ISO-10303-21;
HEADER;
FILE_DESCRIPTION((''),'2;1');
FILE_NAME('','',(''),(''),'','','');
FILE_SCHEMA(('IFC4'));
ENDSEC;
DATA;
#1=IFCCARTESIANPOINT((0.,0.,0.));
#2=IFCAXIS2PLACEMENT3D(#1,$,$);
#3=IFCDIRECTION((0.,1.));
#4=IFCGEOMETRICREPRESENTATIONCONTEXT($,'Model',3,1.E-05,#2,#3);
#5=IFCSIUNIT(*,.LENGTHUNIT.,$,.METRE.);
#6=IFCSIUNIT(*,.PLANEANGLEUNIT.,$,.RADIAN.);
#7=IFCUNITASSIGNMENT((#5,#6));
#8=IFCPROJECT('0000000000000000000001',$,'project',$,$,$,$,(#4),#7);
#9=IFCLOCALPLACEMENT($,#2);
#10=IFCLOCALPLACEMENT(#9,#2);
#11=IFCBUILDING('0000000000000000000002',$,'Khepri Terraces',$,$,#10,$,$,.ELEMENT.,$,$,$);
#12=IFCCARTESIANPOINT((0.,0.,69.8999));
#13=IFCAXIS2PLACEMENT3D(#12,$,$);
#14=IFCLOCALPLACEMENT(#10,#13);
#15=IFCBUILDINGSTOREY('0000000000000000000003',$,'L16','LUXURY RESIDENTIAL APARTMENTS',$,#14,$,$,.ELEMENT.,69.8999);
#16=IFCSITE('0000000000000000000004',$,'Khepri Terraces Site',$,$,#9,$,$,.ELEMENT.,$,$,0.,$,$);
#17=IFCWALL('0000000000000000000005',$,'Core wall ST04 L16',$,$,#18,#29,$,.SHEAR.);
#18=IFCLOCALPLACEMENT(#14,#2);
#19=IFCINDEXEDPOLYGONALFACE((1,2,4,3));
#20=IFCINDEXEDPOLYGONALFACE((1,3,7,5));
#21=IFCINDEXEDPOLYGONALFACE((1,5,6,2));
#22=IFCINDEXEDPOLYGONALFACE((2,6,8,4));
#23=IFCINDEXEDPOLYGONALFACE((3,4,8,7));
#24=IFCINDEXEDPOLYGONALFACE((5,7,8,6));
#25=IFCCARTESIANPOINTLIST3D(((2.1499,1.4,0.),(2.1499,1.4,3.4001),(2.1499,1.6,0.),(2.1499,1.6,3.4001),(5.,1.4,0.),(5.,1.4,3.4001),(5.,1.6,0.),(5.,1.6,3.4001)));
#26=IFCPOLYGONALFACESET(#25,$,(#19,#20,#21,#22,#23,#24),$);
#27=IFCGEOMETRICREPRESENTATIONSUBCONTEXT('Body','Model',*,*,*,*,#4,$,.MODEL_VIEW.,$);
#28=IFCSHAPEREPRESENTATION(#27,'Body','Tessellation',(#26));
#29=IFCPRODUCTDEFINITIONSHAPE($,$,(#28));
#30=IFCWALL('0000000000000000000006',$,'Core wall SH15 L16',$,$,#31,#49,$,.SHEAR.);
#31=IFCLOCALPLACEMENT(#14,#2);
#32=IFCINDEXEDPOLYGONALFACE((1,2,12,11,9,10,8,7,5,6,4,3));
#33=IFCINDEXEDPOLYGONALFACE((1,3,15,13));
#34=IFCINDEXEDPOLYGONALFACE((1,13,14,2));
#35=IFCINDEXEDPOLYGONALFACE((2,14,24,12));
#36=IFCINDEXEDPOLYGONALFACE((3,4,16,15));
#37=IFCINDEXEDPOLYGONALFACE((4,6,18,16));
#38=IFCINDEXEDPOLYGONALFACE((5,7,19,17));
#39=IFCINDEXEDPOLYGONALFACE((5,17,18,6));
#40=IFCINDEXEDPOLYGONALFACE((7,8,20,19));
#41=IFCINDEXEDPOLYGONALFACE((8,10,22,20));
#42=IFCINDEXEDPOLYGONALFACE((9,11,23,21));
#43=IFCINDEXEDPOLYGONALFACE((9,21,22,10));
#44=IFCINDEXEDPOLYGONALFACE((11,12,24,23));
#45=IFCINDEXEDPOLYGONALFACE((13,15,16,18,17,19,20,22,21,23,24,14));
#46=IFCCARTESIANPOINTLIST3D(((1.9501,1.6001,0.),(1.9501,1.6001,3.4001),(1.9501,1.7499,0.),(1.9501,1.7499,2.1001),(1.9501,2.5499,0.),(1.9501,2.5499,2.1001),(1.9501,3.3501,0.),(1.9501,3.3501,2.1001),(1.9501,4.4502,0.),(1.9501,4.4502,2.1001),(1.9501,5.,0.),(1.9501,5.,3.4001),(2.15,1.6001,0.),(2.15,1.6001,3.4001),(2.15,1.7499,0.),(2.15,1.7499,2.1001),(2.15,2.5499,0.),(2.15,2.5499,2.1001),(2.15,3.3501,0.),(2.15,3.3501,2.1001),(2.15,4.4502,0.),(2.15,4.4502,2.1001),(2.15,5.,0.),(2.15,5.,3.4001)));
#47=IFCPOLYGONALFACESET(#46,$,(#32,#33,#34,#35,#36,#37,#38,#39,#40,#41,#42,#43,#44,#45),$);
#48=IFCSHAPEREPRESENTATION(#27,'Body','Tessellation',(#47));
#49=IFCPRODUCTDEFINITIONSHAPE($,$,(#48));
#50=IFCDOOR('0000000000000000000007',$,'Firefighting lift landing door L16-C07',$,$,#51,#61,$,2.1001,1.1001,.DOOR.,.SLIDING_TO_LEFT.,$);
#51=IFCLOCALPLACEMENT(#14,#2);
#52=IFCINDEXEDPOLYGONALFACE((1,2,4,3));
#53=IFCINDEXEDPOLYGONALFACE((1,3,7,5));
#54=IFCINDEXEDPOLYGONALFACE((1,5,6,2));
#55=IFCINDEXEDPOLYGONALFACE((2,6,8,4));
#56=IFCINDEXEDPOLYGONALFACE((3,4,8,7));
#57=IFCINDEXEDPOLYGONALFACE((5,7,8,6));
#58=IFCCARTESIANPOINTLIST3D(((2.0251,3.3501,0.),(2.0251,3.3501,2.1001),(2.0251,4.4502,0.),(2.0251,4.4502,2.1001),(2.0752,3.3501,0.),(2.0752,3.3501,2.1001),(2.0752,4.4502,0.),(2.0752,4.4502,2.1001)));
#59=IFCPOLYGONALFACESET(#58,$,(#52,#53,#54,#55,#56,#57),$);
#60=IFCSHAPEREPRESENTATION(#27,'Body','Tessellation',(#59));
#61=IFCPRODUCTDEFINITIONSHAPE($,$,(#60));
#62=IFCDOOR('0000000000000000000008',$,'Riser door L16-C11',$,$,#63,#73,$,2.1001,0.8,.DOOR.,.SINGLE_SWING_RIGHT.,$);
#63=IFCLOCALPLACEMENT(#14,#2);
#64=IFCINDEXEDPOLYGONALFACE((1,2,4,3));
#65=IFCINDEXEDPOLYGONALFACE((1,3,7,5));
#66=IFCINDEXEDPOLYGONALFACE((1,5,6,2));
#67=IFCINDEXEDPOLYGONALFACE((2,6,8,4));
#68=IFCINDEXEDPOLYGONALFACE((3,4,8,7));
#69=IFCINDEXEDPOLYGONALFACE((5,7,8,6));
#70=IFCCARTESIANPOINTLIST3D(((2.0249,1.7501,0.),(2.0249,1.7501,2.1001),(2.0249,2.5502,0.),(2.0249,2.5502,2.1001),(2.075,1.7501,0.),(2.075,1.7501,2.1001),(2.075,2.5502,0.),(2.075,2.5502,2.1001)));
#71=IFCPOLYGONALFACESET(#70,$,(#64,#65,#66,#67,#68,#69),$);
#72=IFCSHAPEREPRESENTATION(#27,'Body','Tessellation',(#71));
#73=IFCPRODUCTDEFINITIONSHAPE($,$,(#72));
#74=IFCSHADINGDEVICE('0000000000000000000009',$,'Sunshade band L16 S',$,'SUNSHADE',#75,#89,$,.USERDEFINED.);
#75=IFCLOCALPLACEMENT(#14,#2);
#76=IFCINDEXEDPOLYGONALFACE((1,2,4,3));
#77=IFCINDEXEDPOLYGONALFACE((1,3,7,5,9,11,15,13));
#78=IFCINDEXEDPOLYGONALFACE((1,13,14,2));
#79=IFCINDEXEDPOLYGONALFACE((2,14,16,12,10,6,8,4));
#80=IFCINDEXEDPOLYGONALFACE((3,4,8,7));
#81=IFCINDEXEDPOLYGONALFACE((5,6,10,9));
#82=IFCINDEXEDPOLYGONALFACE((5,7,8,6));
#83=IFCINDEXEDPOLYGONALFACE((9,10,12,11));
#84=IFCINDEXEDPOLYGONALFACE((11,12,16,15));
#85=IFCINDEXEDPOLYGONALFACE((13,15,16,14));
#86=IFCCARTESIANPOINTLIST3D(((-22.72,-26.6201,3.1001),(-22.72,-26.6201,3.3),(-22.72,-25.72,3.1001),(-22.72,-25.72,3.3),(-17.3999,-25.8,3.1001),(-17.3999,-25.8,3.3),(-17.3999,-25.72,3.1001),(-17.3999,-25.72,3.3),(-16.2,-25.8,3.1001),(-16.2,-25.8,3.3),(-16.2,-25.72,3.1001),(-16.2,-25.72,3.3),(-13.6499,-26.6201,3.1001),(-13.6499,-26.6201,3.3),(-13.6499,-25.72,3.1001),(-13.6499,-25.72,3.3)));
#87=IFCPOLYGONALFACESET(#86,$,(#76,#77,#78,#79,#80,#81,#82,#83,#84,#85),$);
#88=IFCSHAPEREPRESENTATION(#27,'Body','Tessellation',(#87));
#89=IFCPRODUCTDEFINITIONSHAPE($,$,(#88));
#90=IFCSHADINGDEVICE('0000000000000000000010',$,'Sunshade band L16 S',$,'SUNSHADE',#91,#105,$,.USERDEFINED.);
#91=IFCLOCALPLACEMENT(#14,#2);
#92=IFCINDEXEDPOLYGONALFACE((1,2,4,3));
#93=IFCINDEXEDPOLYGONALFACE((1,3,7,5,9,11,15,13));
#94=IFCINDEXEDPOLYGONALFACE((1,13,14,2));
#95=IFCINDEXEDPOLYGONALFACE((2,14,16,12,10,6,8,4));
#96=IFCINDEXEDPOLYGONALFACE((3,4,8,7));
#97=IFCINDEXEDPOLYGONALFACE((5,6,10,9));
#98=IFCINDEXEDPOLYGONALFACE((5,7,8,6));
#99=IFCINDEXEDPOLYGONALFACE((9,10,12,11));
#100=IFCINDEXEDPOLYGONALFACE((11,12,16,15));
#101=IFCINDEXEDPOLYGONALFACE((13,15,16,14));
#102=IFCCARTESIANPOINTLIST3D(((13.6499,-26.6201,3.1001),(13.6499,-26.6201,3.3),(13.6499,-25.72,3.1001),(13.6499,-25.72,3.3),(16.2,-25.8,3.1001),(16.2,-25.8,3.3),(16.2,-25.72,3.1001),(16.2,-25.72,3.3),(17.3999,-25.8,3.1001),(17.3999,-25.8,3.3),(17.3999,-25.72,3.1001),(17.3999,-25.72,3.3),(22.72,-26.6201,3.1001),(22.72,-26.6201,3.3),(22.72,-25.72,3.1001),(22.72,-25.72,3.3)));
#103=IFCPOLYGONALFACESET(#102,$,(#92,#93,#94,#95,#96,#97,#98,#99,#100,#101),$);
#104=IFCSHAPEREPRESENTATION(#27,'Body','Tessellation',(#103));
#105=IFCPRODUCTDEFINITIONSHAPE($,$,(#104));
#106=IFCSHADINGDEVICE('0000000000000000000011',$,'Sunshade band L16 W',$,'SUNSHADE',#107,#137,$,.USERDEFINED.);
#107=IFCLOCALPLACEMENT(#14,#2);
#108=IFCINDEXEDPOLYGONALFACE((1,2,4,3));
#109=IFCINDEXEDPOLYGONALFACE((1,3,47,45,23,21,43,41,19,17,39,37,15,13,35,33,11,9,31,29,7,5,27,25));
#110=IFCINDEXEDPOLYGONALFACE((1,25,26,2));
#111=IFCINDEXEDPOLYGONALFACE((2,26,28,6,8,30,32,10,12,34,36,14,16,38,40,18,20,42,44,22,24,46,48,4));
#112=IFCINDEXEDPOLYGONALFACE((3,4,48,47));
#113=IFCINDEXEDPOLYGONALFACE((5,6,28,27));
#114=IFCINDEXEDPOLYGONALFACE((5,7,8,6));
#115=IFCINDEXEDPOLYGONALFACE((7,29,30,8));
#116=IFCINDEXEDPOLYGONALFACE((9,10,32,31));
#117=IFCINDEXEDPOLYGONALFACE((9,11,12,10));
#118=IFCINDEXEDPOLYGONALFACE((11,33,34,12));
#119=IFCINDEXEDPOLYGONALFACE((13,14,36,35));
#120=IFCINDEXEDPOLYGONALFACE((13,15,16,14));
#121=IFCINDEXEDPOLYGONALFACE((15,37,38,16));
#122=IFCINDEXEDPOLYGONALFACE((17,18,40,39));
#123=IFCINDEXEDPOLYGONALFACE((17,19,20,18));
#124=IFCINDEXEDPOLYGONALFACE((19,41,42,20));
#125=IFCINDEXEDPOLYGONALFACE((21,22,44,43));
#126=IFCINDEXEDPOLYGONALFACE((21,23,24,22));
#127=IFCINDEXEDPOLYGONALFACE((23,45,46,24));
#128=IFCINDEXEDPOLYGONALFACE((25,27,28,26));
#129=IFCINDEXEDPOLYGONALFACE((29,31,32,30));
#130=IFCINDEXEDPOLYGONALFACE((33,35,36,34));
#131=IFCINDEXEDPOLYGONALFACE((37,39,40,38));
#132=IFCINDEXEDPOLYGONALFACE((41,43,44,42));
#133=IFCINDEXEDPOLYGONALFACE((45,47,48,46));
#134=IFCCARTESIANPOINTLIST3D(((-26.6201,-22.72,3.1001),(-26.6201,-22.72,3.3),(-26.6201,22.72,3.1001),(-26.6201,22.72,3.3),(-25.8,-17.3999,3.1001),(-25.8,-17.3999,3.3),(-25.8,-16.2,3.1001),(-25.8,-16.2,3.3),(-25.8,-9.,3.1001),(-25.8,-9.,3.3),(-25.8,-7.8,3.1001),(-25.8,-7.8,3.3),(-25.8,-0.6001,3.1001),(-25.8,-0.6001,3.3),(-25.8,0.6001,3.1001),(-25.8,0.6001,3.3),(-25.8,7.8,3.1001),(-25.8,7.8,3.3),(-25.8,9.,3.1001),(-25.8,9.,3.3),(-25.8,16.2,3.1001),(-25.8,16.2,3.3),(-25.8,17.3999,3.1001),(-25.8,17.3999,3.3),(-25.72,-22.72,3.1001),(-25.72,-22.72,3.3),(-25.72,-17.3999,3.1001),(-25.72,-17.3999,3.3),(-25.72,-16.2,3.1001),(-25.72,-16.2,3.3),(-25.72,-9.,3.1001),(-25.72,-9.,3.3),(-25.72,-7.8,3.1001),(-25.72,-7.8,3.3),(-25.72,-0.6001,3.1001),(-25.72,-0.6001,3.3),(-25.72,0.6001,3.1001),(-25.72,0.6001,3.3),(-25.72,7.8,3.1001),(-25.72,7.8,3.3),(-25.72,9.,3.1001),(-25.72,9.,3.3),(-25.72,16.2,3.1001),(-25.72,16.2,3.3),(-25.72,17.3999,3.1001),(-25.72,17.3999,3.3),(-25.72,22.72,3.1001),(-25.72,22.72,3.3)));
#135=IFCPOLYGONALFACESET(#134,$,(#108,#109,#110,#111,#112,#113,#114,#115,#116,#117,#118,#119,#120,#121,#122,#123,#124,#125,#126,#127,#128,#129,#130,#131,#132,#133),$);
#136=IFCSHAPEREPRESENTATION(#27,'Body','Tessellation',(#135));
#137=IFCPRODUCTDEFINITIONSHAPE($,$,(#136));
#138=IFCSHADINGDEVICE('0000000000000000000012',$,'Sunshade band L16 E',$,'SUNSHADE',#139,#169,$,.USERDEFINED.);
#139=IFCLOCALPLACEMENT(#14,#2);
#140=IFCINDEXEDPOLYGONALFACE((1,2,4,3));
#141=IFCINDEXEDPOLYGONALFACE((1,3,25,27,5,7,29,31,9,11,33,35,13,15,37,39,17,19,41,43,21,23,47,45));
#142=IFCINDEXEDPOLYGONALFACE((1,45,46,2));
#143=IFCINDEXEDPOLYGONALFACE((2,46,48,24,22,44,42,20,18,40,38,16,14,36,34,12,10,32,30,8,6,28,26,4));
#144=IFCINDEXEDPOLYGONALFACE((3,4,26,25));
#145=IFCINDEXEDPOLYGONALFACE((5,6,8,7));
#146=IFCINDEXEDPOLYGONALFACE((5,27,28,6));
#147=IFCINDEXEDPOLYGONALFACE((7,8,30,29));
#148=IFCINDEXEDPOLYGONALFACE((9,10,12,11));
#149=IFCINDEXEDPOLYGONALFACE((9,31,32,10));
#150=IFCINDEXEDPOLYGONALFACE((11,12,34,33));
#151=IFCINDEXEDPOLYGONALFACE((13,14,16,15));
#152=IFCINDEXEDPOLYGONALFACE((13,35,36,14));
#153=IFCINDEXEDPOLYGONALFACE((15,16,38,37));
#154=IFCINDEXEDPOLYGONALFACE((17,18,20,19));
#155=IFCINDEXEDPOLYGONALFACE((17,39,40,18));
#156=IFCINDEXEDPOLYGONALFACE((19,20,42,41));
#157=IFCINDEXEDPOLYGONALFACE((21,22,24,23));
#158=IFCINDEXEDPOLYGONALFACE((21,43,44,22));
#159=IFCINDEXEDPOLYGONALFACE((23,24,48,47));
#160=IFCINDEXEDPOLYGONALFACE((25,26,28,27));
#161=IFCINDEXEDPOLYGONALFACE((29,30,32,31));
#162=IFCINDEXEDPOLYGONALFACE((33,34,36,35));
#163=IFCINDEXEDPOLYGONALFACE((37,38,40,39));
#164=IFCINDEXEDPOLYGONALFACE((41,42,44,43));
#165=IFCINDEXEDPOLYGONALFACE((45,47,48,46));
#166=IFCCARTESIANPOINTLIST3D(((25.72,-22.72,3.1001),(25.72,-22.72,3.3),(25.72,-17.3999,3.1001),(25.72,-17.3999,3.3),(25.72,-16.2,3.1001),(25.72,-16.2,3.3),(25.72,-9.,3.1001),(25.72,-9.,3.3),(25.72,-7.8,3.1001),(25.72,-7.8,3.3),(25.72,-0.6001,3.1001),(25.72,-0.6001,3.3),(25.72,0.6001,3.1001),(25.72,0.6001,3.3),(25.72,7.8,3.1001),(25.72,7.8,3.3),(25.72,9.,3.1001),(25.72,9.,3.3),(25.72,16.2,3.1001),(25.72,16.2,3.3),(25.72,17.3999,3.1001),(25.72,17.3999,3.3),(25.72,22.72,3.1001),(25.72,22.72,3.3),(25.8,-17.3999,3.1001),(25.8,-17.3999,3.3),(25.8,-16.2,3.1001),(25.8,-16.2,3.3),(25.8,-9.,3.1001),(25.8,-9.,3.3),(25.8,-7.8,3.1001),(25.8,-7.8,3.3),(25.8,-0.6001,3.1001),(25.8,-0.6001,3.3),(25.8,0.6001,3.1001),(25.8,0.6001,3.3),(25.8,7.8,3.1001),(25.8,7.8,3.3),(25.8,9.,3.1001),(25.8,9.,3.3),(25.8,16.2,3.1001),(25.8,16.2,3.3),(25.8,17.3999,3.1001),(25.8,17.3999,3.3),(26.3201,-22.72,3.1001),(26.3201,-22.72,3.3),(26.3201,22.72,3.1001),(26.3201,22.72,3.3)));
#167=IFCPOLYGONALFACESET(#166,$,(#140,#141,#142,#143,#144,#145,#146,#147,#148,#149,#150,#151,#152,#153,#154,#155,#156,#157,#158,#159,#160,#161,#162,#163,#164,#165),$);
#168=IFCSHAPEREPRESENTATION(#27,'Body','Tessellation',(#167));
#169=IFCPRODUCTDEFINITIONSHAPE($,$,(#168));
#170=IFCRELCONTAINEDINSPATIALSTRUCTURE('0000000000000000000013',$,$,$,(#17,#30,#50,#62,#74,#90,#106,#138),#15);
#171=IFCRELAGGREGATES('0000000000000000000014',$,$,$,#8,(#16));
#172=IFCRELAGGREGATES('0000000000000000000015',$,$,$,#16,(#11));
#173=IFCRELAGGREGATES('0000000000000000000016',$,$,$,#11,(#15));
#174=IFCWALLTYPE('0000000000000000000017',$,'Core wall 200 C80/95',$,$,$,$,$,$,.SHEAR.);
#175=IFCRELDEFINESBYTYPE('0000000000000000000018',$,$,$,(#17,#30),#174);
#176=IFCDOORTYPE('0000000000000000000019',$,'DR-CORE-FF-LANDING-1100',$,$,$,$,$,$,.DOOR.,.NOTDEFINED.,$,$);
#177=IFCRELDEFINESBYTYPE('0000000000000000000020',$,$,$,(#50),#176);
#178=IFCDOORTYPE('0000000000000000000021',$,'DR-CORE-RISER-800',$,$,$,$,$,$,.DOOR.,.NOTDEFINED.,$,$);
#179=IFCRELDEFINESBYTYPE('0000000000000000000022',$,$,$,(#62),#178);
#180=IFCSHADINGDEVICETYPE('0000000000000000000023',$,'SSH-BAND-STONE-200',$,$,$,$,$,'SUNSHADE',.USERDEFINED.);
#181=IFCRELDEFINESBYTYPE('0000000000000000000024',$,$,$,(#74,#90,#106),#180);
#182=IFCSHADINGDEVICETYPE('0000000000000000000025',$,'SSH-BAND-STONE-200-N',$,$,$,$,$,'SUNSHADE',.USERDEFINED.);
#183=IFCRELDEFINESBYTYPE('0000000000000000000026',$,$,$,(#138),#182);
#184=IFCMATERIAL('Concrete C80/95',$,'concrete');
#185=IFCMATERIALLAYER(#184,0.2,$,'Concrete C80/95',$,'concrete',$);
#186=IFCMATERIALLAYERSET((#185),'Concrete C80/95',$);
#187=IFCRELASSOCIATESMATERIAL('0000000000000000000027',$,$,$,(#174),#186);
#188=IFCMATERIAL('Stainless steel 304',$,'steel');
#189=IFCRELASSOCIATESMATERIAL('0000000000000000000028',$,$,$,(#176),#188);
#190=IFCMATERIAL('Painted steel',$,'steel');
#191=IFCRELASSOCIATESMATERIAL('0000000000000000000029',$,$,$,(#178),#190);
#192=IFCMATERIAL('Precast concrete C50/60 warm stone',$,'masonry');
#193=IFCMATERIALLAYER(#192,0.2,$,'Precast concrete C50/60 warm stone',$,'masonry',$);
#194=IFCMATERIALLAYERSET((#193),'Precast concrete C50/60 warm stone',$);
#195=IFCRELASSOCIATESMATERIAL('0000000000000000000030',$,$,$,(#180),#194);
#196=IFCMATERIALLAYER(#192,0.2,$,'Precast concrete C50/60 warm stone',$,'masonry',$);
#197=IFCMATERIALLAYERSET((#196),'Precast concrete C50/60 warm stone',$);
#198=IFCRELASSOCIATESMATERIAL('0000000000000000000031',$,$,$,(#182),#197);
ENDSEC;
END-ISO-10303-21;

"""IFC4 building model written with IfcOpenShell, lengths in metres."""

from ifc_helpers import new_model, si_unit, direction, frame, frame_2d, origin, place, context, subcontext, project, spatial, polyline, rectangle, outline, extrude, material, layer, layer_set, type_object, element, fill, save


model = new_model("IFC4")

# Units and contexts
model_context = context("Model", 3, precision=1e-05, world=origin(), true_north=direction((0.0, 1.0)))
body_context = subcontext(model_context, "Body", "Model", "MODEL_VIEW")
ifc_project = project(units=[si_unit("LENGTHUNIT", "METRE"), si_unit("PLANEANGLEUNIT", "RADIAN")], contexts=[model_context])

# Site, building, storey
site_placement = place(None, origin())
site = spatial("IfcSite", under=ifc_project, at=site_placement, Name="Khepri Terraces Site", CompositionType="ELEMENT", RefElevation=0.0)
building_placement = place(site_placement, origin())
building = spatial("IfcBuilding", under=site, at=building_placement, Name="Khepri Terraces", CompositionType="ELEMENT")
storey_placement = place(building_placement, frame((0.0, 0.0, 69.8999)))
storey = spatial("IfcBuildingStorey", under=building, at=storey_placement, Name="L16", Description="LUXURY RESIDENTIAL APARTMENTS", CompositionType="ELEMENT", Elevation=69.8999)

# Shared definitions
ifc_material_1 = material(Name="Precast concrete C50/60 warm stone", Category="masonry")

# Wall
ifc_material_2 = material(Name="Concrete C80/95", Category="concrete")
ifc_layer_1 = layer(ifc_material_2, 0.2, Name="Concrete C80/95", Category="concrete")
ifc_layer_set_1 = layer_set([ifc_layer_1], Name="Concrete C80/95")
wall_type = type_object("IfcWallType", Name="Core wall 200 C80/95", PredefinedType="SHEAR", material=ifc_layer_set_1)
wall_1_placement = place(storey_placement, frame((2.1499, 1.5, 0.0), z_axis=(0.0, 0.0, 1.0), x_axis=(1.0, 0.0, 0.0)))
element("IfcWall", 1, at=wall_1_placement, inside=storey, type_object=wall_type, Name="Core wall ST04 L16", PredefinedType="SHEAR", context=body_context, shape_type="SweptSolid", body=[
    extrude(rectangle(XDim=2.8501, YDim=0.2, at=frame_2d((1.425, 0.0))), origin(), (0.0, 0.0, 1.0), 3.4001),
])

# Wall, openings, doors
wall_2_placement = place(storey_placement, frame((2.05, 1.6001, 0.0), z_axis=(0.0, 0.0, 1.0), x_axis=(0.0, 1.0, 0.0)))
wall_2 = element("IfcWall", 2, at=wall_2_placement, inside=storey, type_object=wall_type, Name="Core wall SH15 L16", PredefinedType="SHEAR", context=body_context, shape_type="SweptSolid", body=[
    extrude(rectangle(XDim=3.3999, YDim=0.2, at=frame_2d((1.7, 0.0))), origin(), (0.0, 0.0, 1.0), 3.4001),
])
opening_1_placement = place(wall_2_placement, frame((1.75, 0.0, 0.0)))
opening_1 = element("IfcOpeningElement", 3, at=opening_1_placement, cuts=wall_2, PredefinedType="OPENING", context=body_context, shape_type="SweptSolid", body=[
    extrude(rectangle(XDim=1.1001, YDim=2.1001, at=frame_2d((0.55, 1.05))), frame((0.0, 0.1099, 0.0), z_axis=(0.0, -1.0, 0.0), x_axis=(1.0, 0.0, 0.0)), (0.0, 0.0, 1.0), 0.22),
])
opening_2_placement = place(wall_2_placement, frame((0.1499, 0.0, 0.0)))
opening_2 = element("IfcOpeningElement", 4, at=opening_2_placement, cuts=wall_2, PredefinedType="OPENING", context=body_context, shape_type="SweptSolid", body=[
    extrude(rectangle(XDim=0.8, YDim=2.1001, at=frame_2d((0.3999, 1.05))), frame((0.0, 0.1099, 0.0), z_axis=(0.0, -1.0, 0.0), x_axis=(1.0, 0.0, 0.0)), (0.0, 0.0, 1.0), 0.22),
])
ifc_material_3 = material(Name="Stainless steel 304", Category="steel")
door_type_1 = type_object("IfcDoorType", Name="DR-CORE-FF-LANDING-1100", OperationType="NOTDEFINED", PredefinedType="DOOR", material=ifc_material_3)
door_1_placement = place(opening_1_placement, origin())
door_1 = element("IfcDoor", 5, at=door_1_placement, inside=storey, type_object=door_type_1, Name="Firefighting lift landing door L16-C07", OperationType="SLIDING_TO_LEFT", OverallHeight=2.1001, OverallWidth=1.1001, PredefinedType="DOOR", context=body_context, shape_type="SweptSolid", body=[
    extrude(rectangle(XDim=1.1001, YDim=2.1001, at=frame_2d((0.55, 1.05))), frame((0.0, 0.0249, 0.0), z_axis=(0.0, -1.0, 0.0), x_axis=(1.0, 0.0, 0.0)), (0.0, 0.0, 1.0), 0.05),
])
fill(opening_1, door_1)
ifc_material_4 = material(Name="Painted steel", Category="steel")
door_type_2 = type_object("IfcDoorType", Name="DR-CORE-RISER-800", OperationType="NOTDEFINED", PredefinedType="DOOR", material=ifc_material_4)
door_2_placement = place(opening_2_placement, frame((0.8, 0.0, 0.0), z_axis=(0.0, 0.0, 1.0), x_axis=(-1.0, 0.0, 0.0)))
door_2 = element("IfcDoor", 6, at=door_2_placement, inside=storey, type_object=door_type_2, Name="Riser door L16-C11", OperationType="SINGLE_SWING_RIGHT", OverallHeight=2.1001, OverallWidth=0.8, PredefinedType="DOOR", context=body_context, shape_type="SweptSolid", body=[
    extrude(rectangle(XDim=0.8, YDim=2.1001, at=frame_2d((0.3999, 1.05))), frame((0.0, 0.0249, 0.0), z_axis=(0.0, -1.0, 0.0), x_axis=(1.0, 0.0, 0.0)), (0.0, 0.0, 1.0), 0.05),
])
fill(opening_2, door_2)

# Shading devices
ifc_layer_2 = layer(ifc_material_1, 0.2, Name="Precast concrete C50/60 warm stone", Category="masonry")
ifc_layer_set_2 = layer_set([ifc_layer_2], Name="Precast concrete C50/60 warm stone")
shading_device_type_1 = type_object("IfcShadingDeviceType", Name="SSH-BAND-STONE-200", ElementType="SUNSHADE", PredefinedType="USERDEFINED", material=ifc_layer_set_2)
shading_device_1_placement = place(storey_placement, frame((0.0, 0.0, 3.1001)))
element("IfcShadingDevice", 7, at=shading_device_1_placement, inside=storey, type_object=shading_device_type_1, Name="Sunshade band L16 S", ObjectType="SUNSHADE", PredefinedType="USERDEFINED", context=body_context, shape_type="SweptSolid", body=[
    extrude(outline(polyline([(-17.3999, -25.72), (-22.72, -25.72), (-22.72, -26.6201), (-13.6499, -26.6201), (-13.6499, -25.72), (-16.2, -25.72), (-16.2, -25.8), (-17.3999, -25.8), (-17.3999, -25.72)])), origin(), (0.0, 0.0, 1.0), 0.2),
])
shading_device_2_placement = place(storey_placement, frame((0.0, 0.0, 3.1001)))
element("IfcShadingDevice", 8, at=shading_device_2_placement, inside=storey, type_object=shading_device_type_1, Name="Sunshade band L16 S", ObjectType="SUNSHADE", PredefinedType="USERDEFINED", context=body_context, shape_type="SweptSolid", body=[
    extrude(outline(polyline([(16.2, -25.72), (13.6499, -25.72), (13.6499, -26.6201), (22.72, -26.6201), (22.72, -25.72), (17.3999, -25.72), (17.3999, -25.8), (16.2, -25.8), (16.2, -25.72)])), origin(), (0.0, 0.0, 1.0), 0.2),
])
shading_device_3_placement = place(storey_placement, frame((0.0, 0.0, 3.1001)))
element("IfcShadingDevice", 9, at=shading_device_3_placement, inside=storey, type_object=shading_device_type_1, Name="Sunshade band L16 W", ObjectType="SUNSHADE", PredefinedType="USERDEFINED", context=body_context, shape_type="SweptSolid", body=[
    extrude(outline(polyline([(-25.72, 17.3999), (-25.72, 22.72), (-26.6201, 22.72), (-26.6201, -22.72), (-25.72, -22.72), (-25.72, -17.3999), (-25.8, -17.3999), (-25.8, -16.2), (-25.72, -16.2), (-25.72, -9.0), (-25.8, -9.0), (-25.8, -7.8), (-25.72, -7.8), (-25.72, -0.6001), (-25.8, -0.6001), (-25.8, 0.6001), (-25.72, 0.6001), (-25.72, 7.8), (-25.8, 7.8), (-25.8, 9.0), (-25.72, 9.0), (-25.72, 16.2), (-25.8, 16.2), (-25.8, 17.3999), (-25.72, 17.3999)])), origin(), (0.0, 0.0, 1.0), 0.2),
])
ifc_layer_3 = layer(ifc_material_1, 0.2, Name="Precast concrete C50/60 warm stone", Category="masonry")
ifc_layer_set_3 = layer_set([ifc_layer_3], Name="Precast concrete C50/60 warm stone")
shading_device_type_2 = type_object("IfcShadingDeviceType", Name="SSH-BAND-STONE-200-N", ElementType="SUNSHADE", PredefinedType="USERDEFINED", material=ifc_layer_set_3)
shading_device_4_placement = place(storey_placement, frame((0.0, 0.0, 3.1001)))
element("IfcShadingDevice", 10, at=shading_device_4_placement, inside=storey, type_object=shading_device_type_2, Name="Sunshade band L16 E", ObjectType="SUNSHADE", PredefinedType="USERDEFINED", context=body_context, shape_type="SweptSolid", body=[
    extrude(outline(polyline([(25.72, -17.3999), (25.72, -22.72), (26.3201, -22.72), (26.3201, 22.72), (25.72, 22.72), (25.72, 17.3999), (25.8, 17.3999), (25.8, 16.2), (25.72, 16.2), (25.72, 9.0), (25.8, 9.0), (25.8, 7.8), (25.72, 7.8), (25.72, 0.6001), (25.8, 0.6001), (25.8, -0.6001), (25.72, -0.6001), (25.72, -7.8), (25.8, -7.8), (25.8, -9.0), (25.72, -9.0), (25.72, -16.2), (25.8, -16.2), (25.8, -17.3999), (25.72, -17.3999)])), origin(), (0.0, 0.0, 1.0), 0.2),
])

save(model, "model.ifc")
